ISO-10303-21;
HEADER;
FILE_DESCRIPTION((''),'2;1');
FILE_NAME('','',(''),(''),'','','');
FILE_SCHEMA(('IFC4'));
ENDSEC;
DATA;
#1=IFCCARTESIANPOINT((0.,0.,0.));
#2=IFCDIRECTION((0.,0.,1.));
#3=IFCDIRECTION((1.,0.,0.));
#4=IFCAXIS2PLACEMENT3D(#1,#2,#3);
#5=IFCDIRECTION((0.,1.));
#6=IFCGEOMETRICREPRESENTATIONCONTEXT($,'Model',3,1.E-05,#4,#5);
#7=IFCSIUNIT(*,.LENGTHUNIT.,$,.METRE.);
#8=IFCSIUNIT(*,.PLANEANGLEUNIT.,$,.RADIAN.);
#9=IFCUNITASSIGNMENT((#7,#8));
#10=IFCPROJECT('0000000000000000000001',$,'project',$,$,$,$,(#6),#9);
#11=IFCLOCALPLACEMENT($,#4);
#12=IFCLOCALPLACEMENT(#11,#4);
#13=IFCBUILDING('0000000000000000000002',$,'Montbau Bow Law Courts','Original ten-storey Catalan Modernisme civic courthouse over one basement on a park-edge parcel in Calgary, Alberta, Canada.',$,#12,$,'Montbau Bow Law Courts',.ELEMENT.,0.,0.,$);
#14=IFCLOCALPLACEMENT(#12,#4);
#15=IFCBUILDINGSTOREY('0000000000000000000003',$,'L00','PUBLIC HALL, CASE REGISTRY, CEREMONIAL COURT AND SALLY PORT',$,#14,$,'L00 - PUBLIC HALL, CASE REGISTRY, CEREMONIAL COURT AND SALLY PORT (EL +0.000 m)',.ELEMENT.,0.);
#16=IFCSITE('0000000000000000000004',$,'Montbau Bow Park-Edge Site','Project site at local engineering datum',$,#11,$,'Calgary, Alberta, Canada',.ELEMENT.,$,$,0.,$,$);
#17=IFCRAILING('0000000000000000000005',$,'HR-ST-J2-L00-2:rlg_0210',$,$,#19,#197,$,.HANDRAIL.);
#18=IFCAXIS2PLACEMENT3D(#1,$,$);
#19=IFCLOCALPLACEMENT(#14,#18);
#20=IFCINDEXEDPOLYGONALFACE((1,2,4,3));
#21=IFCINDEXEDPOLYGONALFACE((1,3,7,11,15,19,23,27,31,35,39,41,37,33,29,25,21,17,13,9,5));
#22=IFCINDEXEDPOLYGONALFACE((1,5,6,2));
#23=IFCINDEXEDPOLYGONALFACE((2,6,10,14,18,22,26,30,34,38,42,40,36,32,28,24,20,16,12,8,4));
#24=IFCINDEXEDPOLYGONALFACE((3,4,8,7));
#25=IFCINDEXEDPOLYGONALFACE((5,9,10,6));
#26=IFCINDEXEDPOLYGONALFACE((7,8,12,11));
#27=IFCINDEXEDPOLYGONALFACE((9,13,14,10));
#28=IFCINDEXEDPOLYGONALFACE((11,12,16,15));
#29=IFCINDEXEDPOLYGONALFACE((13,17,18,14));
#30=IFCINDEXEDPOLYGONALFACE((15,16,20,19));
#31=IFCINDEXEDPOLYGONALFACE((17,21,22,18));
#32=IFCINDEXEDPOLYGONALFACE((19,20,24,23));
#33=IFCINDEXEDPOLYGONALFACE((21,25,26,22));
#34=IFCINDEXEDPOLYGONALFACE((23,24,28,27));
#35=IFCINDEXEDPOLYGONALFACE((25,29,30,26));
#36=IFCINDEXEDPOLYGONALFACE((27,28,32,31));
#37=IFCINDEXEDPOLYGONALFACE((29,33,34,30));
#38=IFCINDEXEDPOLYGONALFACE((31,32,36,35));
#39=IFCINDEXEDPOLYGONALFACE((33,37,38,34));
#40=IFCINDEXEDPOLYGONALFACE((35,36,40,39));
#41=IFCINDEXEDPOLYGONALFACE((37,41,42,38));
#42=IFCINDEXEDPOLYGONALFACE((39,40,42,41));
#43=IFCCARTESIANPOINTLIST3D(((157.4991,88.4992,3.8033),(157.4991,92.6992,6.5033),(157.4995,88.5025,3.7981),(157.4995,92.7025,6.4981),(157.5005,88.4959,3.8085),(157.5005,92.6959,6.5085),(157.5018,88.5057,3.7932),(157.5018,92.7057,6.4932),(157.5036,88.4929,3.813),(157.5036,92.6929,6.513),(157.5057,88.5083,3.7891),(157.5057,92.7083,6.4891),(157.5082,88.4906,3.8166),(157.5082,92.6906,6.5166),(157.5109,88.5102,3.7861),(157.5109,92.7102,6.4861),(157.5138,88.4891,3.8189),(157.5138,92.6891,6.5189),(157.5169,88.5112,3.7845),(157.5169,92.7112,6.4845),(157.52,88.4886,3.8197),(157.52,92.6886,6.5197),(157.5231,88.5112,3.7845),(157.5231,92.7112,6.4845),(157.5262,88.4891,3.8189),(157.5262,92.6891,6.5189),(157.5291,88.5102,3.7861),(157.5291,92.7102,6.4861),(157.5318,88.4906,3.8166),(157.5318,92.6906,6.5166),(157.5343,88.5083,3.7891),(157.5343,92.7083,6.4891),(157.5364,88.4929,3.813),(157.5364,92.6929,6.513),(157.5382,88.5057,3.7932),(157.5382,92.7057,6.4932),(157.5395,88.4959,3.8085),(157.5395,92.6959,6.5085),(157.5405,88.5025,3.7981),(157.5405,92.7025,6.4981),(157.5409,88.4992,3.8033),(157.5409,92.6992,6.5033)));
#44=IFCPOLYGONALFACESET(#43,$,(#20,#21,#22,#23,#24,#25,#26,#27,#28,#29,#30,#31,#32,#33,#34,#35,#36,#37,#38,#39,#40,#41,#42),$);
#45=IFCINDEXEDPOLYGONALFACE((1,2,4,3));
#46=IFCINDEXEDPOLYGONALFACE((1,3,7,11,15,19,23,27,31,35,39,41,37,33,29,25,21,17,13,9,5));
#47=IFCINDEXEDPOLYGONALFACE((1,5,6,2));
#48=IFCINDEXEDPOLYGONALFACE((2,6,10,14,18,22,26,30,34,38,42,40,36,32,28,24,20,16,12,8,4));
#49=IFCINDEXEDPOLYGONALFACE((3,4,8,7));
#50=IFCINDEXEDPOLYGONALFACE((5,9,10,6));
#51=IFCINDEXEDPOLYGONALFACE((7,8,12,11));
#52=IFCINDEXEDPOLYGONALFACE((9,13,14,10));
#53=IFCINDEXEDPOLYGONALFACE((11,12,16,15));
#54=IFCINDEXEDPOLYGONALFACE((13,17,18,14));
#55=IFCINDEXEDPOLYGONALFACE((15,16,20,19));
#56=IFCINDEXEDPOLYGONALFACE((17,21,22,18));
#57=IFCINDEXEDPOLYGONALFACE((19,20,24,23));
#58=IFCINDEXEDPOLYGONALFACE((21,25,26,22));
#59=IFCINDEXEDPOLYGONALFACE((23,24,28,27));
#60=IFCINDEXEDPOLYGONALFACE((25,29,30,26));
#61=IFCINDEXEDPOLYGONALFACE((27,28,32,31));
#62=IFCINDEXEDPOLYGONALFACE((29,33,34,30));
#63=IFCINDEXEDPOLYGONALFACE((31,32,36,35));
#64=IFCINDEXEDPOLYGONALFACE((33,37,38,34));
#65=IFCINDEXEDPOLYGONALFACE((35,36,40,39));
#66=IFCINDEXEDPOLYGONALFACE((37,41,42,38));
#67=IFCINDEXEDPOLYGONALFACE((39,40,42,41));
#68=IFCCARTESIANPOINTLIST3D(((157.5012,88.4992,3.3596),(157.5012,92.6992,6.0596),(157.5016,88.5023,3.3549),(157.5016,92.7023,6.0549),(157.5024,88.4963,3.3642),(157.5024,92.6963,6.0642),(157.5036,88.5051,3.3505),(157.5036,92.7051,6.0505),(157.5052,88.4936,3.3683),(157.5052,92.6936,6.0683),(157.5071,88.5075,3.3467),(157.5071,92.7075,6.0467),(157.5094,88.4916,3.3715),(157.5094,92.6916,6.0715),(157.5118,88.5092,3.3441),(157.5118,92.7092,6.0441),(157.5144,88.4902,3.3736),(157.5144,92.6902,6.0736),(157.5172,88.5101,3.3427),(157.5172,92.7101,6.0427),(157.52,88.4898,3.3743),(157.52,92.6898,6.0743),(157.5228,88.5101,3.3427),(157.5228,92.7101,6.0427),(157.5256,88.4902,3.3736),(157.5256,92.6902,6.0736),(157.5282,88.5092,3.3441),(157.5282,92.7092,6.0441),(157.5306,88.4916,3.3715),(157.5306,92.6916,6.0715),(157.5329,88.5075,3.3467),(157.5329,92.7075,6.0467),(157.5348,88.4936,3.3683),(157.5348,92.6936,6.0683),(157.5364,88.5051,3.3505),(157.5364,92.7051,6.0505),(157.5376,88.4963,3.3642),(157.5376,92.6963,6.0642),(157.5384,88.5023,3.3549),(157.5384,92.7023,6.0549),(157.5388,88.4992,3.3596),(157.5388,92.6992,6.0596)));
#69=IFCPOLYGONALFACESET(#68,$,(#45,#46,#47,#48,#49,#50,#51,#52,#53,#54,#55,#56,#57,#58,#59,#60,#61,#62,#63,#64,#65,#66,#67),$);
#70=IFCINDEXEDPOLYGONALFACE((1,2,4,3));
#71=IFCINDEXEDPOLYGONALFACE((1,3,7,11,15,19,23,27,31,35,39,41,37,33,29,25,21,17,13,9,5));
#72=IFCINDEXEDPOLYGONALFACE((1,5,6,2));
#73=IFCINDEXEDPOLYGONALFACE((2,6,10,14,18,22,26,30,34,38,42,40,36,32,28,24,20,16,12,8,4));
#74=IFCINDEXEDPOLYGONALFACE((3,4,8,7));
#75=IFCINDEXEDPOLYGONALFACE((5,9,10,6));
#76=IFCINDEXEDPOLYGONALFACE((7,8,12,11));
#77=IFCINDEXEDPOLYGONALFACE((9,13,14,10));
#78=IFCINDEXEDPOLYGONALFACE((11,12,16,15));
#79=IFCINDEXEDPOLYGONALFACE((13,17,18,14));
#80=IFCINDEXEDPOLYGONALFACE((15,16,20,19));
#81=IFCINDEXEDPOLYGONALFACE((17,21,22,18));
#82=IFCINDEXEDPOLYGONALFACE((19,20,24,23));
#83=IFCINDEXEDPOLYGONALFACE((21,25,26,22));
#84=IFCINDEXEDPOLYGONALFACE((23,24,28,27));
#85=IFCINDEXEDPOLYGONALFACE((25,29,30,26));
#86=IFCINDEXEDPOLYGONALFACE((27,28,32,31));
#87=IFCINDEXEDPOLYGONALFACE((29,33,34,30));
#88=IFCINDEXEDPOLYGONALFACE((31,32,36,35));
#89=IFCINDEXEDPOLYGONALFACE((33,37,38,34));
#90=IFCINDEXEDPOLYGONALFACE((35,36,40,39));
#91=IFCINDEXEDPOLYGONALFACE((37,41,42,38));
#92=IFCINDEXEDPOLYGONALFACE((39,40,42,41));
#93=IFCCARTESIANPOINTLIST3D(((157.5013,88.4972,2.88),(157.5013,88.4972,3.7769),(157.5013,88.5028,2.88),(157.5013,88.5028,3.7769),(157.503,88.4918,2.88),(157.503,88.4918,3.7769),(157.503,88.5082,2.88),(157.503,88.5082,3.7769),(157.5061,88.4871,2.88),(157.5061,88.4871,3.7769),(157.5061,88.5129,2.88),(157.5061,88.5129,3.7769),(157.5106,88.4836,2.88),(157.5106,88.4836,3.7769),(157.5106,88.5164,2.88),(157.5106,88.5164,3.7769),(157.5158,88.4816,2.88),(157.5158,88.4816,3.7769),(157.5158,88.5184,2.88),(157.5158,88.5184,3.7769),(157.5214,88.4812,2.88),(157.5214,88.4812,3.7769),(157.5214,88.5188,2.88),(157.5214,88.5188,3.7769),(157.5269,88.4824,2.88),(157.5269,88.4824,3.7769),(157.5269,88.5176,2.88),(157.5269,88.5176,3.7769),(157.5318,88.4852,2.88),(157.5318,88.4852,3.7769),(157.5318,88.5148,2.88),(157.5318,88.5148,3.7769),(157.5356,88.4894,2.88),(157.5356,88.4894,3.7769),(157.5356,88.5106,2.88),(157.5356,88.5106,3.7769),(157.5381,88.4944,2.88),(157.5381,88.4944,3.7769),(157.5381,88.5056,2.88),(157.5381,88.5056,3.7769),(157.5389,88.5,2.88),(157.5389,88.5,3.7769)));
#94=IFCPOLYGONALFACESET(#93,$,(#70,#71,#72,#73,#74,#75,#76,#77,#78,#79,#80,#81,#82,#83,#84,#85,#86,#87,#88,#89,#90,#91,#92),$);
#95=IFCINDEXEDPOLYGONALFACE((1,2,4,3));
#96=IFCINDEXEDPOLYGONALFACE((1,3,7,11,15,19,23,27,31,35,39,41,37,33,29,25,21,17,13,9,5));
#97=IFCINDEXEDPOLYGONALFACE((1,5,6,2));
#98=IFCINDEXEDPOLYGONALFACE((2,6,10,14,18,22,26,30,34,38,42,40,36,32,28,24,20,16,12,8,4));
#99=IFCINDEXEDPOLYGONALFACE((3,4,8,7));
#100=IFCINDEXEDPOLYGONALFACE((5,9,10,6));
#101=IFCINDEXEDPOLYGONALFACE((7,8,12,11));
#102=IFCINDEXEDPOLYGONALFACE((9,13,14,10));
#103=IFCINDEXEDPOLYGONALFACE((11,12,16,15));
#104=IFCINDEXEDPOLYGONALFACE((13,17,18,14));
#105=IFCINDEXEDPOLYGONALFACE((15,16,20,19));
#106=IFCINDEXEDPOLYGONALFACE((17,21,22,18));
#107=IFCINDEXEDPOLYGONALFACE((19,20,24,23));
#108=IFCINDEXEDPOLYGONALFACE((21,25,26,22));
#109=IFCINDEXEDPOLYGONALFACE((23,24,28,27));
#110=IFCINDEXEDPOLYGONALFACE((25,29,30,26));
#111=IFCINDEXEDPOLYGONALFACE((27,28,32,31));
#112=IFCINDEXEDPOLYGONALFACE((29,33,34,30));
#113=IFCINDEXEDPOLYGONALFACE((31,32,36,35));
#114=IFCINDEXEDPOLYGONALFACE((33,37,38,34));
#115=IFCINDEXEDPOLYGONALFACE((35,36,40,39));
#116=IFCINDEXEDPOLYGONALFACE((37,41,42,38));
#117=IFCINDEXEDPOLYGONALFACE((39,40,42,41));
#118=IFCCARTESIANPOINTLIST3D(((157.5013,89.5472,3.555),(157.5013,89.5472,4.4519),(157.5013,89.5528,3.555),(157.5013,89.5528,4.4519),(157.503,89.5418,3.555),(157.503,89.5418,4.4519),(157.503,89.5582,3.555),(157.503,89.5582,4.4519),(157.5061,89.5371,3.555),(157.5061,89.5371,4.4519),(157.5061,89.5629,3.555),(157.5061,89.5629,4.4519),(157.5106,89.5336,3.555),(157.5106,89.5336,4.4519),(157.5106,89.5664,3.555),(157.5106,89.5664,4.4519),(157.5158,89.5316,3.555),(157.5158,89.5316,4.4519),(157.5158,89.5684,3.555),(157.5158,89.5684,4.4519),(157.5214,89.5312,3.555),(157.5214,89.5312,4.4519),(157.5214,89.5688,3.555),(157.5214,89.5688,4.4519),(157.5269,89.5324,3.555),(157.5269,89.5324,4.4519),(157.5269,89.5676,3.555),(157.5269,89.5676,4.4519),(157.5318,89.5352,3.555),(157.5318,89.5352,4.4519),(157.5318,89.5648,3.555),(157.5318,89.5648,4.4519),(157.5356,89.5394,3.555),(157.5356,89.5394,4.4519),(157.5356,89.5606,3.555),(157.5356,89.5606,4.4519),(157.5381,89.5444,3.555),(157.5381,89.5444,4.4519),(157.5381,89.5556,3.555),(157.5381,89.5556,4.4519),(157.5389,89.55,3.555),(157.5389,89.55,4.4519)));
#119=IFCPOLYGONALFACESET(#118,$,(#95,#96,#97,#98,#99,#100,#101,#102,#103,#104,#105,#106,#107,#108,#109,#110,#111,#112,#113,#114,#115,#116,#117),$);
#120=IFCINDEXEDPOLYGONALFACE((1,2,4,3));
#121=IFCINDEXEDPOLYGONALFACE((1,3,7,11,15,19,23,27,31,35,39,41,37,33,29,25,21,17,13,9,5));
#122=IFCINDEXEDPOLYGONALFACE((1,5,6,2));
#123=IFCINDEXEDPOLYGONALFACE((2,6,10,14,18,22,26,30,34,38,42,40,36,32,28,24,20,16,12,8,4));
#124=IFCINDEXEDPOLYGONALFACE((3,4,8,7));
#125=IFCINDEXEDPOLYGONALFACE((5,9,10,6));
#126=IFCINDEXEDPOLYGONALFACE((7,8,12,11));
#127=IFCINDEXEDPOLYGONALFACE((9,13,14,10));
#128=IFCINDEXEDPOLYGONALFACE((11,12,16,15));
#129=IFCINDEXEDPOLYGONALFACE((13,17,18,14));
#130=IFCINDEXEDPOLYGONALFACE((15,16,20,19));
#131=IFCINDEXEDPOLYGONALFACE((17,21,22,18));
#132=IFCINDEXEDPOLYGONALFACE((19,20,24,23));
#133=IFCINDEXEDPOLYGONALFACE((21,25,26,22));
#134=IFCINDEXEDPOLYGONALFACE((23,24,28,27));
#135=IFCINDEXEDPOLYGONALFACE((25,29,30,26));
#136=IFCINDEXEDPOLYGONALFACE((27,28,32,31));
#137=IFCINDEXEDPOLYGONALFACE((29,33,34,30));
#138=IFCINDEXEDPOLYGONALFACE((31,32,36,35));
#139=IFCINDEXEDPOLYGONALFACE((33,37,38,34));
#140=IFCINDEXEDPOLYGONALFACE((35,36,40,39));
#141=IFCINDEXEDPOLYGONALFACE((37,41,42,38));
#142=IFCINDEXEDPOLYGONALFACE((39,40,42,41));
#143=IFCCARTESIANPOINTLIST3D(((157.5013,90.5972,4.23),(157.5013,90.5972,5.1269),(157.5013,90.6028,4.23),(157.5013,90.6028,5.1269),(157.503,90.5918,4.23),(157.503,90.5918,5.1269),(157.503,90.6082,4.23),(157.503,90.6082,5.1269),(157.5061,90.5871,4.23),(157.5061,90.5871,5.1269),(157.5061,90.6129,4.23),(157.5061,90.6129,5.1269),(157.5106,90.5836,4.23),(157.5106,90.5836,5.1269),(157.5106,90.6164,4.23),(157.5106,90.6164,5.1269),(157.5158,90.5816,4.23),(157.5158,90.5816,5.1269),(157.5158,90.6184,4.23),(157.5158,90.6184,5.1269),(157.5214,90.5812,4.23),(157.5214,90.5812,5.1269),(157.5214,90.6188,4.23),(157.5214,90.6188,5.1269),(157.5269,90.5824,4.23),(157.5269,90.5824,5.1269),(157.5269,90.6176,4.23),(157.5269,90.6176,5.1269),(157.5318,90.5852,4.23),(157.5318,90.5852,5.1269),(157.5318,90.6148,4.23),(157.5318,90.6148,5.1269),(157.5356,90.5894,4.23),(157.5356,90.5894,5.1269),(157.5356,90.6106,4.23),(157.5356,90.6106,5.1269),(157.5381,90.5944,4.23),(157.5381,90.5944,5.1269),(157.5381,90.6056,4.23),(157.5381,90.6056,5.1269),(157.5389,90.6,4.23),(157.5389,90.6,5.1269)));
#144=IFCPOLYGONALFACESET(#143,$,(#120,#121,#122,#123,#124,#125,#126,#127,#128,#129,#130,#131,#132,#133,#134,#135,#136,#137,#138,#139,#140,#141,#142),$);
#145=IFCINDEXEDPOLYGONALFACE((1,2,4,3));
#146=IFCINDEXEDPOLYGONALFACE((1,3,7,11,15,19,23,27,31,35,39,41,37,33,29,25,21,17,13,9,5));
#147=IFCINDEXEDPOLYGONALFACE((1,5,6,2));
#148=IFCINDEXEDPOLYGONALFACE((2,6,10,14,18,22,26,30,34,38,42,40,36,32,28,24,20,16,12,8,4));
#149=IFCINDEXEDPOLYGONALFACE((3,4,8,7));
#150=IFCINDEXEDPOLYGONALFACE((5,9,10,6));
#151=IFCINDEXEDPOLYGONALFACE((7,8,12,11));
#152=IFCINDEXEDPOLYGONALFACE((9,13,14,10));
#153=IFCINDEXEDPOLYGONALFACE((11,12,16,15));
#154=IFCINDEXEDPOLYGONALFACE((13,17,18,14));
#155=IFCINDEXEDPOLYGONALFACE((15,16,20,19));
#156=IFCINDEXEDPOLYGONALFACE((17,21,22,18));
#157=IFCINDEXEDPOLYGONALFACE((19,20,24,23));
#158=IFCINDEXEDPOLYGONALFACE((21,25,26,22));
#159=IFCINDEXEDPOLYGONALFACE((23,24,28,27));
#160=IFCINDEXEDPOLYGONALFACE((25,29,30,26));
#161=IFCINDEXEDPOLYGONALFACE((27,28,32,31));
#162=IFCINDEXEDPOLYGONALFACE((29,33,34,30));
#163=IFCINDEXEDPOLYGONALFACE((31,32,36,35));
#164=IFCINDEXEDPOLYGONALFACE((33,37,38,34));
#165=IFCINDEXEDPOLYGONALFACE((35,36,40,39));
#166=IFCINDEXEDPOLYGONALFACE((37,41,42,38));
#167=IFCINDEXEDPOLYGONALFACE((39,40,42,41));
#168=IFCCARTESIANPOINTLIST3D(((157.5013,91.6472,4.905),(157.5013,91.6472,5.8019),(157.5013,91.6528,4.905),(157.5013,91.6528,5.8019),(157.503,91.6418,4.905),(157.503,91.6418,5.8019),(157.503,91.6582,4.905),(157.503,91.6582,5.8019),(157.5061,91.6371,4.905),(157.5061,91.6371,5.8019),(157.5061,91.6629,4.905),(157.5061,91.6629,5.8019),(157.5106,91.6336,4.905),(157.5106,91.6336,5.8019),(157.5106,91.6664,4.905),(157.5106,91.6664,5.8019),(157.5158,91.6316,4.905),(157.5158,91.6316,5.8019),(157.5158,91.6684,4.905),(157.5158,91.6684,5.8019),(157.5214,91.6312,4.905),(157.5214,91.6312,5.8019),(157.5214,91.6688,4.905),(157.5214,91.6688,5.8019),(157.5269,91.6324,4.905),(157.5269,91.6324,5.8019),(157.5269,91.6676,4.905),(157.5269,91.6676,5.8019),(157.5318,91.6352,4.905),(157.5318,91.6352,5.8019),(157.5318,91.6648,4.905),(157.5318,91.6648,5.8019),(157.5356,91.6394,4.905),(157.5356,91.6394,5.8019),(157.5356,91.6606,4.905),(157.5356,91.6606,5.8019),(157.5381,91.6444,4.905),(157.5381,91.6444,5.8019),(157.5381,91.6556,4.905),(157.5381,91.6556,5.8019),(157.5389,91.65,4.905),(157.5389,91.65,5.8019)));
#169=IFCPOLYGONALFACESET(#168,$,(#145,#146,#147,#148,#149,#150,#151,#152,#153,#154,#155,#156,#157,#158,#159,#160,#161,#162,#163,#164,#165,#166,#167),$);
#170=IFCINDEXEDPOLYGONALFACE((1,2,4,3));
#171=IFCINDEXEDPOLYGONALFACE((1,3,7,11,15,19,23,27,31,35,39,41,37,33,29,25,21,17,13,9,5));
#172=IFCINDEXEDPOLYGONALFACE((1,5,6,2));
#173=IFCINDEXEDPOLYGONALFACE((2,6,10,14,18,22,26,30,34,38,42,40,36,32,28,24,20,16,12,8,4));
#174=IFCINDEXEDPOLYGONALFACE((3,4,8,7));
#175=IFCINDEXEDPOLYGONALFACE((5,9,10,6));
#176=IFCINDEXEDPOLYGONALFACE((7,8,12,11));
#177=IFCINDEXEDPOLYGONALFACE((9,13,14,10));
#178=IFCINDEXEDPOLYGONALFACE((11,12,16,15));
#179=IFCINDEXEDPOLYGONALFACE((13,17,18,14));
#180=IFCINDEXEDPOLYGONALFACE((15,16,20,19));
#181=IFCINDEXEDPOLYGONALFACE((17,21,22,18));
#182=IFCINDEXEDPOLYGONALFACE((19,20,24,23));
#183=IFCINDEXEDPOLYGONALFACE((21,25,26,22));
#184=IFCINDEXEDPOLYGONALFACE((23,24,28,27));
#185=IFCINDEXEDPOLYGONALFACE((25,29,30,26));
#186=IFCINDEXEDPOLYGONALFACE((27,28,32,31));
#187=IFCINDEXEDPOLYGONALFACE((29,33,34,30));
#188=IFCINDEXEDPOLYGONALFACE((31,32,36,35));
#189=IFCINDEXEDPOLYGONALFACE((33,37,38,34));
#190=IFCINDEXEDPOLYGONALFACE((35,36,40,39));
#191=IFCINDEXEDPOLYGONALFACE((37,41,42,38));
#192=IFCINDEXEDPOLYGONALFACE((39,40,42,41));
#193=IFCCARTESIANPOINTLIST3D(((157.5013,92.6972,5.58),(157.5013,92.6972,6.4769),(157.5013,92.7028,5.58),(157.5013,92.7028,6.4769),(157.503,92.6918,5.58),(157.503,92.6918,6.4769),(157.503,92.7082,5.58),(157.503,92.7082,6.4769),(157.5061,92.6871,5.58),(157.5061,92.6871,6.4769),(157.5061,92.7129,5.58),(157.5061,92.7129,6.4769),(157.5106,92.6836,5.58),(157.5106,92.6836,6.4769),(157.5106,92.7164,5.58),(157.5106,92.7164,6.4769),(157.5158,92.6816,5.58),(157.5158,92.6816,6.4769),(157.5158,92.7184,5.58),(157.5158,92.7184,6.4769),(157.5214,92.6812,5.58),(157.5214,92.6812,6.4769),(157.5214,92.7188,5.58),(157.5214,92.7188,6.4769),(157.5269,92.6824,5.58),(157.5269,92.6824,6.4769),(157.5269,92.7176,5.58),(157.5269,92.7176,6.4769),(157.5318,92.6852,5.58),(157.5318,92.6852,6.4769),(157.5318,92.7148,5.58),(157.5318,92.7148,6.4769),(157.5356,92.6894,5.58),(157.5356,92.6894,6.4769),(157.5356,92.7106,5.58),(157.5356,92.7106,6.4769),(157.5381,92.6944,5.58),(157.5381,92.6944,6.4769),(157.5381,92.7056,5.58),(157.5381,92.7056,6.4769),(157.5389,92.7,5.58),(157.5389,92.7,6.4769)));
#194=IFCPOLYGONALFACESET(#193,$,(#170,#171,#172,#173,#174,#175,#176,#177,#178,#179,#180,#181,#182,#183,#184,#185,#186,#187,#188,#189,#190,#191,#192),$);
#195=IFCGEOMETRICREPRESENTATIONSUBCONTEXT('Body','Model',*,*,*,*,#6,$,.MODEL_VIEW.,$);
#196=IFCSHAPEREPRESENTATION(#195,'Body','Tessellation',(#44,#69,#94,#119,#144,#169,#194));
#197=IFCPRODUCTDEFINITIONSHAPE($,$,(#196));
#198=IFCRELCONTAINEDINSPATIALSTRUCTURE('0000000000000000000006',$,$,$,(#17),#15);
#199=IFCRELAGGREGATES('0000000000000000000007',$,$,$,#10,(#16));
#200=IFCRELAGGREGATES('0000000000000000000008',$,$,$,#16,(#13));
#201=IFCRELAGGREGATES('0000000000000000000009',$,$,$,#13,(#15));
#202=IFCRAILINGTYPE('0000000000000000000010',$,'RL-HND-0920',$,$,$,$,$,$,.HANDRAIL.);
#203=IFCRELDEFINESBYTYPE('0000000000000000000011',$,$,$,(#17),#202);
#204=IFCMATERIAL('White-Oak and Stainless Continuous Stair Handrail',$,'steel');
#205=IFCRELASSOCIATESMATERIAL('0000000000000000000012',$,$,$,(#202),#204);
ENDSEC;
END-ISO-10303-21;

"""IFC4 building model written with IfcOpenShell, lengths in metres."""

from ifc_helpers import new_model, si_unit, direction, frame, origin_with_axes, origin_2d_with_axis, place, context, subcontext, project, spatial, circle, extrude, material, type_object, element, save


model = new_model("IFC4")

# Units and contexts
model_context = context("Model", 3, precision=1e-05, world=origin_with_axes(), true_north=direction((0.0, 1.0)))
body_context = subcontext(model_context, "Body", "Model", "MODEL_VIEW")
ifc_project = project(units=[si_unit("LENGTHUNIT", "METRE"), si_unit("PLANEANGLEUNIT", "RADIAN")], contexts=[model_context])

# Site, building, storey
site_placement = place(None, origin_with_axes())
site = spatial("IfcSite", under=ifc_project, at=site_placement, Name="Montbau Bow Park-Edge Site", Description="Project site at local engineering datum", LongName="Calgary, Alberta, Canada", CompositionType="ELEMENT", RefElevation=0.0)
building_placement = place(site_placement, origin_with_axes())
building = spatial("IfcBuilding", under=site, at=building_placement, Name="Montbau Bow Law Courts", Description="Original ten-storey Catalan Modernisme civic courthouse over one basement on a park-edge parcel in Calgary, Alberta, Canada.", LongName="Montbau Bow Law Courts", CompositionType="ELEMENT", ElevationOfRefHeight=0.0, ElevationOfTerrain=0.0)
storey_placement = place(building_placement, origin_with_axes())
storey = spatial("IfcBuildingStorey", under=building, at=storey_placement, Name="L00", Description="PUBLIC HALL, CASE REGISTRY, CEREMONIAL COURT AND SALLY PORT", LongName="L00 - PUBLIC HALL, CASE REGISTRY, CEREMONIAL COURT AND SALLY PORT (EL +0.000 m)", CompositionType="ELEMENT", Elevation=0.0)

# Railing
ifc_material_1 = material(Name="White-Oak and Stainless Continuous Stair Handrail", Category="steel")
railing_type_1 = type_object("IfcRailingType", Name="RL-HND-0920", PredefinedType="HANDRAIL", material=ifc_material_1)
railing_1_placement = place(None, origin_with_axes())
element("IfcRailing", 1, at=railing_1_placement, inside=storey, type_object=railing_type_1, Name="HR-ST-J2-L00-2:rlg_0210", PredefinedType="HANDRAIL", context=body_context, shape_type="SweptSolid", body=[
    extrude(circle(Radius=0.021, at=origin_2d_with_axis()), frame((157.52, 88.5, 3.802), z_axis=(0.0, 0.841178, 0.540758), x_axis=(0.0, -0.540758, 0.841178)), (0.0, 0.0, 1.0), 4.993),
    extrude(circle(Radius=0.0189, at=origin_2d_with_axis()), frame((157.52, 88.5, 3.3584), z_axis=(0.0, 0.841178, 0.540758), x_axis=(0.0, -0.540758, 0.841178)), (0.0, 0.0, 1.0), 4.993),
    extrude(circle(Radius=0.0189, at=origin_2d_with_axis()), frame((157.52, 88.5, 2.88), z_axis=(0.0, 0.0, 1.0), x_axis=(1.0, 0.0, 0.0)), (0.0, 0.0, 1.0), 0.8969),
    extrude(circle(Radius=0.0189, at=origin_2d_with_axis()), frame((157.52, 89.55, 3.555), z_axis=(0.0, 0.0, 1.0), x_axis=(1.0, 0.0, 0.0)), (0.0, 0.0, 1.0), 0.8969),
    extrude(circle(Radius=0.0189, at=origin_2d_with_axis()), frame((157.52, 90.6, 4.23), z_axis=(0.0, 0.0, 1.0), x_axis=(1.0, 0.0, 0.0)), (0.0, 0.0, 1.0), 0.8969),
    extrude(circle(Radius=0.0189, at=origin_2d_with_axis()), frame((157.52, 91.65, 4.905), z_axis=(0.0, 0.0, 1.0), x_axis=(1.0, 0.0, 0.0)), (0.0, 0.0, 1.0), 0.8969),
    extrude(circle(Radius=0.0189, at=origin_2d_with_axis()), frame((157.52, 92.7, 5.58), z_axis=(0.0, 0.0, 1.0), x_axis=(1.0, 0.0, 0.0)), (0.0, 0.0, 1.0), 0.8969),
])

save(model, "model.ifc")
